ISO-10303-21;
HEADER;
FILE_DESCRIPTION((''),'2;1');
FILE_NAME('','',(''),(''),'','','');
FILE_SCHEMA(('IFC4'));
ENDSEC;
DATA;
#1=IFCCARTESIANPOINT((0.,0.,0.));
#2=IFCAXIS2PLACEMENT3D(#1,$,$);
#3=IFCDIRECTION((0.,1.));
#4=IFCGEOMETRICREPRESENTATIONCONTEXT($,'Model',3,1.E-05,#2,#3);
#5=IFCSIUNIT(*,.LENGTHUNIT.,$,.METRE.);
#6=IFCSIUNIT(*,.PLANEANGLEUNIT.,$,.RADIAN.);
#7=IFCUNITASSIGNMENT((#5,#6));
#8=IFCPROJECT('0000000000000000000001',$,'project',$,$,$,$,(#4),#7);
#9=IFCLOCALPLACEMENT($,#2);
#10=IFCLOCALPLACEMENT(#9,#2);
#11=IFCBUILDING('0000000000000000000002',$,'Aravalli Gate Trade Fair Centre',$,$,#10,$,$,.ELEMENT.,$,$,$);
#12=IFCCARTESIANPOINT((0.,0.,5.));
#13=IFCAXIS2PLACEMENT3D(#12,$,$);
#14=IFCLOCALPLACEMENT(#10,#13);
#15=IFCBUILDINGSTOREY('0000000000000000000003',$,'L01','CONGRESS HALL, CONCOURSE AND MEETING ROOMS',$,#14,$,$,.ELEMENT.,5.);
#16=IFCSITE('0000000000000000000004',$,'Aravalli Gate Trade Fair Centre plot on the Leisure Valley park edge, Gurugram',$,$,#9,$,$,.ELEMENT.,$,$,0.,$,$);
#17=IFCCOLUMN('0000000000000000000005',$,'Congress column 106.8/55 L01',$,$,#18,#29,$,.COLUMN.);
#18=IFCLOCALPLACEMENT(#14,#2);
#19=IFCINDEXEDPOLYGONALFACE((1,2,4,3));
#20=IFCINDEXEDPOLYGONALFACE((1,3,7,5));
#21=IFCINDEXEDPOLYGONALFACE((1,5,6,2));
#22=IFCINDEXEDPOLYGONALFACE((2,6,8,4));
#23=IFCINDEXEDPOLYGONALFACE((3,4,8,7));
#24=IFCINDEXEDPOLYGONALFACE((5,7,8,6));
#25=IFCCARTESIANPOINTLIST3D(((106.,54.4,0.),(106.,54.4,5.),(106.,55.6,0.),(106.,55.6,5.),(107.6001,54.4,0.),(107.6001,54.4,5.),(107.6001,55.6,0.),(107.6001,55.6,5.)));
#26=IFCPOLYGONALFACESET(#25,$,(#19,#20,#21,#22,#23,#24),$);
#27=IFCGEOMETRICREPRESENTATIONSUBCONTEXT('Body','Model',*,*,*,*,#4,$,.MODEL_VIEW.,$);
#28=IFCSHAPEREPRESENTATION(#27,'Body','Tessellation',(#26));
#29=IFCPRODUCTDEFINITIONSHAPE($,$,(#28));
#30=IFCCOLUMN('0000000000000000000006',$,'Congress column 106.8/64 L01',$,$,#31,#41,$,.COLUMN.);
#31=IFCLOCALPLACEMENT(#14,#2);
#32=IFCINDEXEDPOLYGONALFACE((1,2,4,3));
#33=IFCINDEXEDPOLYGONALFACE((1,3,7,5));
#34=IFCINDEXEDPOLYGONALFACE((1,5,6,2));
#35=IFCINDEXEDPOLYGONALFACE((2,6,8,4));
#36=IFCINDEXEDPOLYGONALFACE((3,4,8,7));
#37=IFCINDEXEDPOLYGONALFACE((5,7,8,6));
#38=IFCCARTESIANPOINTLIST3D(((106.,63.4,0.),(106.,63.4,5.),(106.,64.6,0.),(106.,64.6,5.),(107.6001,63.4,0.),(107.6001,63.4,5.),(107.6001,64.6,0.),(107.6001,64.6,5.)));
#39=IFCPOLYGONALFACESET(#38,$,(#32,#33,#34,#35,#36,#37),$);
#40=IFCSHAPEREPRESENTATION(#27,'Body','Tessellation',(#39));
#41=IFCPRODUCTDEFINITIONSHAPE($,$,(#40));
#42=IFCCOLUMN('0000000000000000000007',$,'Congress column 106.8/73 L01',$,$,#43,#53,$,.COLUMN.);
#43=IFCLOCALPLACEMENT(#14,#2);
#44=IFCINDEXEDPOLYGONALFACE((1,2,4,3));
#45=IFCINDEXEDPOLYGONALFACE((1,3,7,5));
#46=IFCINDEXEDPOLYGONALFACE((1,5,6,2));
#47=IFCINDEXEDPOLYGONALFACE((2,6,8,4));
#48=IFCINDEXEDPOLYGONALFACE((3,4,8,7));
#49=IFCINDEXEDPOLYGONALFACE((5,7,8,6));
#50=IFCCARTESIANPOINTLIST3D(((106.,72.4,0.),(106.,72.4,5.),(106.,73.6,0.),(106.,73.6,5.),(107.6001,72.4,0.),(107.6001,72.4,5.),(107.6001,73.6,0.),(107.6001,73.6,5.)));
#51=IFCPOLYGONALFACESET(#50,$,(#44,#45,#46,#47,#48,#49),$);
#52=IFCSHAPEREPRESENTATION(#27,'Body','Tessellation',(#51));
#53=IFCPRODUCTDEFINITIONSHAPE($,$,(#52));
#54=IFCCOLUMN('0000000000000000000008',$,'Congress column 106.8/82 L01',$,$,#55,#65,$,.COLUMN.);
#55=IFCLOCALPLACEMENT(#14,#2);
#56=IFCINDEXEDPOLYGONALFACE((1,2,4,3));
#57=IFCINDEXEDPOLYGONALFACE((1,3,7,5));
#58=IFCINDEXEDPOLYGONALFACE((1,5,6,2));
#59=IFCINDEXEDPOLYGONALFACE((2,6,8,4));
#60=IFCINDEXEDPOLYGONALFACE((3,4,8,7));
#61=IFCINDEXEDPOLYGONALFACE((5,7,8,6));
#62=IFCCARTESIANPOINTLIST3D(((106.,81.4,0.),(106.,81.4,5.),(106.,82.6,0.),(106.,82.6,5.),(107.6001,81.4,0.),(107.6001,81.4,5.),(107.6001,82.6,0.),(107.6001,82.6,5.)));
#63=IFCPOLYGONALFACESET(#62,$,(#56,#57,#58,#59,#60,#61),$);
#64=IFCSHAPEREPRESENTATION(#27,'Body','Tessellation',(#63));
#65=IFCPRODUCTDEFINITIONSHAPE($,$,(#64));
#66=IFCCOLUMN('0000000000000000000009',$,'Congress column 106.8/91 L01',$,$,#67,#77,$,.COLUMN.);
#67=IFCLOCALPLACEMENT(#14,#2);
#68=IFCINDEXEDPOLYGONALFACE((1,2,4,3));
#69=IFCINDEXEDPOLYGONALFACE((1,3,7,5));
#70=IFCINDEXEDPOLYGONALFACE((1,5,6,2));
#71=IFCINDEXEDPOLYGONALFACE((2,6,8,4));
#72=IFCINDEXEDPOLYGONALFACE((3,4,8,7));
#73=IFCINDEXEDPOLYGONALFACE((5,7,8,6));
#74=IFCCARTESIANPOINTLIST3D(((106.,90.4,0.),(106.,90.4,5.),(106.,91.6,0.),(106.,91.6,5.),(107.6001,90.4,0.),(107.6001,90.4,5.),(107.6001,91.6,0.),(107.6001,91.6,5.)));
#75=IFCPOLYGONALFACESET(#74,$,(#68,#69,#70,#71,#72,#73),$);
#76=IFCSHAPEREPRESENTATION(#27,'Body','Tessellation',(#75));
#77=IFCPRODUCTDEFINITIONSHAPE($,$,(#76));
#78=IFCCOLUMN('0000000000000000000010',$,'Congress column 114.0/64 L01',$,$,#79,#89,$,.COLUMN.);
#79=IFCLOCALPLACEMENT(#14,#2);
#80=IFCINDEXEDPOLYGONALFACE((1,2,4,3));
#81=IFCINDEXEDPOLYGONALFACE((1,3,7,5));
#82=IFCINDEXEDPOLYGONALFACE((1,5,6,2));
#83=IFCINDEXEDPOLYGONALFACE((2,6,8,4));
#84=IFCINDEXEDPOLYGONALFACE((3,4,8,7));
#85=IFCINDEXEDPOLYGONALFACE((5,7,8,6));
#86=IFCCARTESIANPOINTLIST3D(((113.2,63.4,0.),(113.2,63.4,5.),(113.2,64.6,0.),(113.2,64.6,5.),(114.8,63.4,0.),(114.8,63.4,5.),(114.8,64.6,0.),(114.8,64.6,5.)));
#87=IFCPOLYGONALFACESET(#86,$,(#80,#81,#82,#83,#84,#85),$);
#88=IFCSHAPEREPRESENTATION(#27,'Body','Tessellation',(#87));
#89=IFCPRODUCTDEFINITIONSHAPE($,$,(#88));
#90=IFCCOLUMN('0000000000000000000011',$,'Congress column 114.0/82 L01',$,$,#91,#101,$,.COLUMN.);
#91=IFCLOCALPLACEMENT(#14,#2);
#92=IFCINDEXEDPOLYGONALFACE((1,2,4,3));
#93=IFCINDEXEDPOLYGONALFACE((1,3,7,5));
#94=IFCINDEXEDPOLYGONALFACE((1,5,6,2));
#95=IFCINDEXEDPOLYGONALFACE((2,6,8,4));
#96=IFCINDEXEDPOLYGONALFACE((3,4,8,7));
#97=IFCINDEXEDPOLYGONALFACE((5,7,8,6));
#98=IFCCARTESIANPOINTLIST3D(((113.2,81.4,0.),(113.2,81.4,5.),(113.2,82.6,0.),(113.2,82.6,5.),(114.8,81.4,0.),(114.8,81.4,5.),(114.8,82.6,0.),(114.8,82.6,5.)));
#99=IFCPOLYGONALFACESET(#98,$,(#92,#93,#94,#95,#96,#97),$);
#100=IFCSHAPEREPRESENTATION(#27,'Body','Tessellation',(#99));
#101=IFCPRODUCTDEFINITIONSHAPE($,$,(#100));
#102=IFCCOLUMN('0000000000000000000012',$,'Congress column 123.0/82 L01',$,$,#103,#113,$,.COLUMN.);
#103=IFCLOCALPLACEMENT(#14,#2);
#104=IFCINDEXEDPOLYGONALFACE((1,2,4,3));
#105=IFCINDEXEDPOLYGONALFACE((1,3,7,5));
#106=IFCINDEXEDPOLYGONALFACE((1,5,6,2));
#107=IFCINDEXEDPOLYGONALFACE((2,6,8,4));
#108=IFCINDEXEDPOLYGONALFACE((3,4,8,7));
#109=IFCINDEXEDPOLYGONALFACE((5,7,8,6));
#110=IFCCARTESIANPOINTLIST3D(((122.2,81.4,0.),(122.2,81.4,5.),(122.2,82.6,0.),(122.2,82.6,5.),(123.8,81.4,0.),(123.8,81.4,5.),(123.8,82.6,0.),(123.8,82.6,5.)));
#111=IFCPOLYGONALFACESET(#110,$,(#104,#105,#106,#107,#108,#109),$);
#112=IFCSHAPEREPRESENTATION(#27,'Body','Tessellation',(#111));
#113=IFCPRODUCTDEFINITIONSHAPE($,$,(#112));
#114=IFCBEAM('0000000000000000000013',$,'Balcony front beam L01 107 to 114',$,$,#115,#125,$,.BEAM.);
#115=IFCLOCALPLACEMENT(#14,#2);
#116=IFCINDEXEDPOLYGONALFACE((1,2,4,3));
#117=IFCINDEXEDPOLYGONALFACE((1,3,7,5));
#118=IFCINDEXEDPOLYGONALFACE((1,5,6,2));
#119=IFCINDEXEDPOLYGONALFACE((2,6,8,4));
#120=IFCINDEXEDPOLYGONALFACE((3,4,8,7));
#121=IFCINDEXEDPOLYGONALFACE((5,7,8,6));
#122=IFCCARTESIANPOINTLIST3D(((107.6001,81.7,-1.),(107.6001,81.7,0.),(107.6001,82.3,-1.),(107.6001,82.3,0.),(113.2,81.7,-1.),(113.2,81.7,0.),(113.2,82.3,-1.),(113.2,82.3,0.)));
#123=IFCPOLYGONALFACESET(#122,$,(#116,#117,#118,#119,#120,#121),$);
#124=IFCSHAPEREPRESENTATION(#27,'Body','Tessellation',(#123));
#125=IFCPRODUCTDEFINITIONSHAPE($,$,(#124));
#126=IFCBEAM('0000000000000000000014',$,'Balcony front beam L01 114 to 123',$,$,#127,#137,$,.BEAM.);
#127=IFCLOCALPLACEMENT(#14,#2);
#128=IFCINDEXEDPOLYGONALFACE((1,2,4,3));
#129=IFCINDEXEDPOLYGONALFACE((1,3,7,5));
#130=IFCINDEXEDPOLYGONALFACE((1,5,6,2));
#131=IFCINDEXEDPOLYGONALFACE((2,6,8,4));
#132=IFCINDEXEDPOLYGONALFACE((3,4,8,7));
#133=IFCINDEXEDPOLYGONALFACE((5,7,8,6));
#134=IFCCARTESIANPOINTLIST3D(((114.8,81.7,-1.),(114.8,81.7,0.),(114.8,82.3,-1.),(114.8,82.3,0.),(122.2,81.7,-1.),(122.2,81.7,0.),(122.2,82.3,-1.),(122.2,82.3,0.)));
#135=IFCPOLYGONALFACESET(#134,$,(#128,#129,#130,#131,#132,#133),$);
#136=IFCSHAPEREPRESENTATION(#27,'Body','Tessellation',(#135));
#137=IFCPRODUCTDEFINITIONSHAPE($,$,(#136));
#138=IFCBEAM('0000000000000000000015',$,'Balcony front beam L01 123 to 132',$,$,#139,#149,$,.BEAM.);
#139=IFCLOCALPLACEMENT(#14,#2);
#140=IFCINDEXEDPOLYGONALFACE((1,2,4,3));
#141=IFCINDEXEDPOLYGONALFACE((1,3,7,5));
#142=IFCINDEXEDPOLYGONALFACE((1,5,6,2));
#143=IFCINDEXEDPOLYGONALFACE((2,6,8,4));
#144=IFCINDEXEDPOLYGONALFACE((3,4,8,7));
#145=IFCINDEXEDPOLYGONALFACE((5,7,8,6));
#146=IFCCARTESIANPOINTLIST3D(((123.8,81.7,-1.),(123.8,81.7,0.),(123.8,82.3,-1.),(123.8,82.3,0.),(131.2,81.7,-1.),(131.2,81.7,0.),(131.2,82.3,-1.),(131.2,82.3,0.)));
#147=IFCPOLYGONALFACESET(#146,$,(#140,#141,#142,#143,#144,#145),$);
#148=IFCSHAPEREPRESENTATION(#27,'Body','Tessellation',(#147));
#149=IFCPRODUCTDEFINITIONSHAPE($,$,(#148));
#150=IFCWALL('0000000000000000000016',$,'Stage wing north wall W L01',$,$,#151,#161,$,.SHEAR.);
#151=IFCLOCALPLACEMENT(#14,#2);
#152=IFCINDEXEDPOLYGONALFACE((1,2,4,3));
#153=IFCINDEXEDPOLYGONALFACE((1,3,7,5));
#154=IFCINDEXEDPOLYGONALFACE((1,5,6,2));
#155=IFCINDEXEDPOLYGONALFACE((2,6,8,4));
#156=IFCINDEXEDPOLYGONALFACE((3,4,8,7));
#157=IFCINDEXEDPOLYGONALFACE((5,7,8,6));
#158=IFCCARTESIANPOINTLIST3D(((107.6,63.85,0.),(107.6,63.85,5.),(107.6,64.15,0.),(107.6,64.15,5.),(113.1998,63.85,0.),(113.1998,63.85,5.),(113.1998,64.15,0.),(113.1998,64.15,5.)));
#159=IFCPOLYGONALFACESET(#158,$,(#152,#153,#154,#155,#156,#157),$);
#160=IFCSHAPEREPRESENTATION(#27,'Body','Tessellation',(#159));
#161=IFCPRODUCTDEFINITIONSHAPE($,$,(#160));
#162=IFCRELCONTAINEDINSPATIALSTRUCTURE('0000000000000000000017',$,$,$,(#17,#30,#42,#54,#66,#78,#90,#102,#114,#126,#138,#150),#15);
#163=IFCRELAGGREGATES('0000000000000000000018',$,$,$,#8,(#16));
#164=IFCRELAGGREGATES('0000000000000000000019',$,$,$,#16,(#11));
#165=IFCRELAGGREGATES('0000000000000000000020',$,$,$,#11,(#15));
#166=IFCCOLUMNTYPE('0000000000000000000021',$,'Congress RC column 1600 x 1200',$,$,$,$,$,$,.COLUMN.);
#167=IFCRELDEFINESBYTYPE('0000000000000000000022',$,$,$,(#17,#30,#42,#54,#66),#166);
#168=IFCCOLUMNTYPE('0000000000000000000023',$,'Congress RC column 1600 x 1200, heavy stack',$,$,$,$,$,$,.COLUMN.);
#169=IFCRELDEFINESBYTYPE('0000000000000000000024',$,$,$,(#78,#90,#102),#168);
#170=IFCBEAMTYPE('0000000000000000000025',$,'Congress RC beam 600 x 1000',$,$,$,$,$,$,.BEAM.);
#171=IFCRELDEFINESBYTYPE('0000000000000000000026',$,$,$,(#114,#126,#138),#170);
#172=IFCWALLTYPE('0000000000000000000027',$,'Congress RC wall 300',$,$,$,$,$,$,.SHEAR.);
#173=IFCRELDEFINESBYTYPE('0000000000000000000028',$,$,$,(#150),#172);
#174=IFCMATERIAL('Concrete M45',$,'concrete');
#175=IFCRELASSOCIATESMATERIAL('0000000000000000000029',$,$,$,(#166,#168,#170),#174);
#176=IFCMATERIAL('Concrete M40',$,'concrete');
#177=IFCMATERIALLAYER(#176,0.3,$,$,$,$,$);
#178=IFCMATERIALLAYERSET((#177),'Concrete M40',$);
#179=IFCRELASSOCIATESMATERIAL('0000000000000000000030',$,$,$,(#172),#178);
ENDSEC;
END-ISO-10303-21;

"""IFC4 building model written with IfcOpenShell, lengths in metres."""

from ifc_helpers import new_model, si_unit, direction, frame, frame_2d, origin, origin_2d, place, context, subcontext, project, spatial, rectangle, extrude, material, layer, layer_set, material_profile, profile_set, type_object, element, save


model = new_model("IFC4")

# Units and contexts
model_context = context("Model", 3, precision=1e-05, world=origin(), true_north=direction((0.0, 1.0)))
body_context = subcontext(model_context, "Body", "Model", "MODEL_VIEW")
ifc_project = project(units=[si_unit("LENGTHUNIT", "METRE"), si_unit("PLANEANGLEUNIT", "RADIAN")], contexts=[model_context])

# Site, building, storey
site_placement = place(None, origin())
site = spatial("IfcSite", under=ifc_project, at=site_placement, Name="Aravalli Gate Trade Fair Centre plot on the Leisure Valley park edge, Gurugram", CompositionType="ELEMENT", RefElevation=0.0)
building_placement = place(site_placement, origin())
building = spatial("IfcBuilding", under=site, at=building_placement, Name="Aravalli Gate Trade Fair Centre", CompositionType="ELEMENT")
storey_placement = place(building_placement, frame((0.0, 0.0, 5.0)))
storey = spatial("IfcBuildingStorey", under=building, at=storey_placement, Name="L01", Description="CONGRESS HALL, CONCOURSE AND MEETING ROOMS", CompositionType="ELEMENT", Elevation=5.0)

# Columns
ifc_material_1 = material(Name="Concrete M45", Category="concrete")
ifc_material_profile_1 = material_profile(ifc_material_1, rectangle(XDim=1.6001, YDim=1.2, at=origin_2d()), Name="RC 1600x1200")
ifc_profile_set_1 = profile_set([ifc_material_profile_1], Name="Concrete M45")
column_type_1 = type_object("IfcColumnType", Name="Congress RC column 1600 x 1200", PredefinedType="COLUMN", material=ifc_profile_set_1)
for number, where, z_axis, x_axis, name in (
    (1, (106.8, 55.0, 0.0), (0.0, 0.0, 1.0), (1.0, 0.0, 0.0), "Congress column 106.8/55 L01"),
    (2, (106.8, 64.0, 0.0), (0.0, 0.0, 1.0), (1.0, 0.0, 0.0), "Congress column 106.8/64 L01"),
    (3, (106.8, 73.0, 0.0), (0.0, 0.0, 1.0), (1.0, 0.0, 0.0), "Congress column 106.8/73 L01"),
    (4, (106.8, 82.0, 0.0), (0.0, 0.0, 1.0), (1.0, 0.0, 0.0), "Congress column 106.8/82 L01"),
    (5, (106.8, 91.0, 0.0), (0.0, 0.0, 1.0), (1.0, 0.0, 0.0), "Congress column 106.8/91 L01"),
):
    element("IfcColumn", number, at=place(storey_placement, frame(where, z_axis=z_axis, x_axis=x_axis)), inside=storey, type_object=column_type_1, Name=name, PredefinedType="COLUMN", context=body_context, shape_type="SweptSolid", body=[
        extrude(rectangle(XDim=1.6001, YDim=1.2, at=origin_2d()), origin(), (0.0, 0.0, 1.0), 5.0),
    ])
ifc_material_profile_2 = material_profile(ifc_material_1, rectangle(XDim=1.6001, YDim=1.2, at=origin_2d()), Name="RC 1600x1200")
ifc_profile_set_2 = profile_set([ifc_material_profile_2], Name="Concrete M45")
column_type_2 = type_object("IfcColumnType", Name="Congress RC column 1600 x 1200, heavy stack", PredefinedType="COLUMN", material=ifc_profile_set_2)
for number, where, z_axis, x_axis, name in (
    (6, (114.0, 64.0, 0.0), (0.0, 0.0, 1.0), (1.0, 0.0, 0.0), "Congress column 114.0/64 L01"),
    (7, (114.0, 82.0, 0.0), (0.0, 0.0, 1.0), (1.0, 0.0, 0.0), "Congress column 114.0/82 L01"),
    (8, (123.0, 82.0, 0.0), (0.0, 0.0, 1.0), (1.0, 0.0, 0.0), "Congress column 123.0/82 L01"),
):
    element("IfcColumn", number, at=place(storey_placement, frame(where, z_axis=z_axis, x_axis=x_axis)), inside=storey, type_object=column_type_2, Name=name, PredefinedType="COLUMN", context=body_context, shape_type="SweptSolid", body=[
        extrude(rectangle(XDim=1.6001, YDim=1.2, at=origin_2d()), origin(), (0.0, 0.0, 1.0), 5.0),
    ])

# Beams
ifc_material_profile_3 = material_profile(ifc_material_1, rectangle(XDim=0.6001, YDim=1.0, at=origin_2d()), Name="RC 600x1000")
ifc_profile_set_3 = profile_set([ifc_material_profile_3], Name="Concrete M45")
beam_type = type_object("IfcBeamType", Name="Congress RC beam 600 x 1000", PredefinedType="BEAM", material=ifc_profile_set_3)
beam_placement = place(storey_placement, frame((107.6001, 82.0, -0.5), z_axis=(1.0, 0.0, 0.0), x_axis=(0.0, 1.0, 0.0)))
element("IfcBeam", 9, at=beam_placement, inside=storey, type_object=beam_type, Name="Balcony front beam L01 107 to 114", PredefinedType="BEAM", context=body_context, shape_type="SweptSolid", body=[
    extrude(rectangle(XDim=0.6001, YDim=1.0, at=origin_2d()), origin(), (0.0, 0.0, 1.0), 5.5999),
])
for number, where, z_axis, x_axis, name in (
    (10, (114.8, 82.0, -0.5), (1.0, 0.0, 0.0), (0.0, 1.0, 0.0), "Balcony front beam L01 114 to 123"),
    (11, (123.8, 82.0, -0.5), (1.0, 0.0, 0.0), (0.0, 1.0, 0.0), "Balcony front beam L01 123 to 132"),
):
    element("IfcBeam", number, at=place(storey_placement, frame(where, z_axis=z_axis, x_axis=x_axis)), inside=storey, type_object=beam_type, Name=name, PredefinedType="BEAM", context=body_context, shape_type="SweptSolid", body=[
        extrude(rectangle(XDim=0.6001, YDim=1.0, at=origin_2d()), origin(), (0.0, 0.0, 1.0), 7.3999),
    ])

# Wall
ifc_material_2 = material(Name="Concrete M40", Category="concrete")
ifc_layer_1 = layer(ifc_material_2, 0.3)
ifc_layer_set_1 = layer_set([ifc_layer_1], Name="Concrete M40")
wall_type_1 = type_object("IfcWallType", Name="Congress RC wall 300", PredefinedType="SHEAR", material=ifc_layer_set_1)
wall_1_placement = place(storey_placement, frame((107.6001, 64.0, 0.0), z_axis=(0.0, 0.0, 1.0), x_axis=(1.0, 0.0, 0.0)))
element("IfcWall", 12, at=wall_1_placement, inside=storey, type_object=wall_type_1, Name="Stage wing north wall W L01", PredefinedType="SHEAR", context=body_context, shape_type="SweptSolid", body=[
    extrude(rectangle(XDim=5.5999, YDim=0.3, at=frame_2d((2.7998, 0.0))), origin(), (0.0, 0.0, 1.0), 5.0),
])

save(model, "model.ifc")
